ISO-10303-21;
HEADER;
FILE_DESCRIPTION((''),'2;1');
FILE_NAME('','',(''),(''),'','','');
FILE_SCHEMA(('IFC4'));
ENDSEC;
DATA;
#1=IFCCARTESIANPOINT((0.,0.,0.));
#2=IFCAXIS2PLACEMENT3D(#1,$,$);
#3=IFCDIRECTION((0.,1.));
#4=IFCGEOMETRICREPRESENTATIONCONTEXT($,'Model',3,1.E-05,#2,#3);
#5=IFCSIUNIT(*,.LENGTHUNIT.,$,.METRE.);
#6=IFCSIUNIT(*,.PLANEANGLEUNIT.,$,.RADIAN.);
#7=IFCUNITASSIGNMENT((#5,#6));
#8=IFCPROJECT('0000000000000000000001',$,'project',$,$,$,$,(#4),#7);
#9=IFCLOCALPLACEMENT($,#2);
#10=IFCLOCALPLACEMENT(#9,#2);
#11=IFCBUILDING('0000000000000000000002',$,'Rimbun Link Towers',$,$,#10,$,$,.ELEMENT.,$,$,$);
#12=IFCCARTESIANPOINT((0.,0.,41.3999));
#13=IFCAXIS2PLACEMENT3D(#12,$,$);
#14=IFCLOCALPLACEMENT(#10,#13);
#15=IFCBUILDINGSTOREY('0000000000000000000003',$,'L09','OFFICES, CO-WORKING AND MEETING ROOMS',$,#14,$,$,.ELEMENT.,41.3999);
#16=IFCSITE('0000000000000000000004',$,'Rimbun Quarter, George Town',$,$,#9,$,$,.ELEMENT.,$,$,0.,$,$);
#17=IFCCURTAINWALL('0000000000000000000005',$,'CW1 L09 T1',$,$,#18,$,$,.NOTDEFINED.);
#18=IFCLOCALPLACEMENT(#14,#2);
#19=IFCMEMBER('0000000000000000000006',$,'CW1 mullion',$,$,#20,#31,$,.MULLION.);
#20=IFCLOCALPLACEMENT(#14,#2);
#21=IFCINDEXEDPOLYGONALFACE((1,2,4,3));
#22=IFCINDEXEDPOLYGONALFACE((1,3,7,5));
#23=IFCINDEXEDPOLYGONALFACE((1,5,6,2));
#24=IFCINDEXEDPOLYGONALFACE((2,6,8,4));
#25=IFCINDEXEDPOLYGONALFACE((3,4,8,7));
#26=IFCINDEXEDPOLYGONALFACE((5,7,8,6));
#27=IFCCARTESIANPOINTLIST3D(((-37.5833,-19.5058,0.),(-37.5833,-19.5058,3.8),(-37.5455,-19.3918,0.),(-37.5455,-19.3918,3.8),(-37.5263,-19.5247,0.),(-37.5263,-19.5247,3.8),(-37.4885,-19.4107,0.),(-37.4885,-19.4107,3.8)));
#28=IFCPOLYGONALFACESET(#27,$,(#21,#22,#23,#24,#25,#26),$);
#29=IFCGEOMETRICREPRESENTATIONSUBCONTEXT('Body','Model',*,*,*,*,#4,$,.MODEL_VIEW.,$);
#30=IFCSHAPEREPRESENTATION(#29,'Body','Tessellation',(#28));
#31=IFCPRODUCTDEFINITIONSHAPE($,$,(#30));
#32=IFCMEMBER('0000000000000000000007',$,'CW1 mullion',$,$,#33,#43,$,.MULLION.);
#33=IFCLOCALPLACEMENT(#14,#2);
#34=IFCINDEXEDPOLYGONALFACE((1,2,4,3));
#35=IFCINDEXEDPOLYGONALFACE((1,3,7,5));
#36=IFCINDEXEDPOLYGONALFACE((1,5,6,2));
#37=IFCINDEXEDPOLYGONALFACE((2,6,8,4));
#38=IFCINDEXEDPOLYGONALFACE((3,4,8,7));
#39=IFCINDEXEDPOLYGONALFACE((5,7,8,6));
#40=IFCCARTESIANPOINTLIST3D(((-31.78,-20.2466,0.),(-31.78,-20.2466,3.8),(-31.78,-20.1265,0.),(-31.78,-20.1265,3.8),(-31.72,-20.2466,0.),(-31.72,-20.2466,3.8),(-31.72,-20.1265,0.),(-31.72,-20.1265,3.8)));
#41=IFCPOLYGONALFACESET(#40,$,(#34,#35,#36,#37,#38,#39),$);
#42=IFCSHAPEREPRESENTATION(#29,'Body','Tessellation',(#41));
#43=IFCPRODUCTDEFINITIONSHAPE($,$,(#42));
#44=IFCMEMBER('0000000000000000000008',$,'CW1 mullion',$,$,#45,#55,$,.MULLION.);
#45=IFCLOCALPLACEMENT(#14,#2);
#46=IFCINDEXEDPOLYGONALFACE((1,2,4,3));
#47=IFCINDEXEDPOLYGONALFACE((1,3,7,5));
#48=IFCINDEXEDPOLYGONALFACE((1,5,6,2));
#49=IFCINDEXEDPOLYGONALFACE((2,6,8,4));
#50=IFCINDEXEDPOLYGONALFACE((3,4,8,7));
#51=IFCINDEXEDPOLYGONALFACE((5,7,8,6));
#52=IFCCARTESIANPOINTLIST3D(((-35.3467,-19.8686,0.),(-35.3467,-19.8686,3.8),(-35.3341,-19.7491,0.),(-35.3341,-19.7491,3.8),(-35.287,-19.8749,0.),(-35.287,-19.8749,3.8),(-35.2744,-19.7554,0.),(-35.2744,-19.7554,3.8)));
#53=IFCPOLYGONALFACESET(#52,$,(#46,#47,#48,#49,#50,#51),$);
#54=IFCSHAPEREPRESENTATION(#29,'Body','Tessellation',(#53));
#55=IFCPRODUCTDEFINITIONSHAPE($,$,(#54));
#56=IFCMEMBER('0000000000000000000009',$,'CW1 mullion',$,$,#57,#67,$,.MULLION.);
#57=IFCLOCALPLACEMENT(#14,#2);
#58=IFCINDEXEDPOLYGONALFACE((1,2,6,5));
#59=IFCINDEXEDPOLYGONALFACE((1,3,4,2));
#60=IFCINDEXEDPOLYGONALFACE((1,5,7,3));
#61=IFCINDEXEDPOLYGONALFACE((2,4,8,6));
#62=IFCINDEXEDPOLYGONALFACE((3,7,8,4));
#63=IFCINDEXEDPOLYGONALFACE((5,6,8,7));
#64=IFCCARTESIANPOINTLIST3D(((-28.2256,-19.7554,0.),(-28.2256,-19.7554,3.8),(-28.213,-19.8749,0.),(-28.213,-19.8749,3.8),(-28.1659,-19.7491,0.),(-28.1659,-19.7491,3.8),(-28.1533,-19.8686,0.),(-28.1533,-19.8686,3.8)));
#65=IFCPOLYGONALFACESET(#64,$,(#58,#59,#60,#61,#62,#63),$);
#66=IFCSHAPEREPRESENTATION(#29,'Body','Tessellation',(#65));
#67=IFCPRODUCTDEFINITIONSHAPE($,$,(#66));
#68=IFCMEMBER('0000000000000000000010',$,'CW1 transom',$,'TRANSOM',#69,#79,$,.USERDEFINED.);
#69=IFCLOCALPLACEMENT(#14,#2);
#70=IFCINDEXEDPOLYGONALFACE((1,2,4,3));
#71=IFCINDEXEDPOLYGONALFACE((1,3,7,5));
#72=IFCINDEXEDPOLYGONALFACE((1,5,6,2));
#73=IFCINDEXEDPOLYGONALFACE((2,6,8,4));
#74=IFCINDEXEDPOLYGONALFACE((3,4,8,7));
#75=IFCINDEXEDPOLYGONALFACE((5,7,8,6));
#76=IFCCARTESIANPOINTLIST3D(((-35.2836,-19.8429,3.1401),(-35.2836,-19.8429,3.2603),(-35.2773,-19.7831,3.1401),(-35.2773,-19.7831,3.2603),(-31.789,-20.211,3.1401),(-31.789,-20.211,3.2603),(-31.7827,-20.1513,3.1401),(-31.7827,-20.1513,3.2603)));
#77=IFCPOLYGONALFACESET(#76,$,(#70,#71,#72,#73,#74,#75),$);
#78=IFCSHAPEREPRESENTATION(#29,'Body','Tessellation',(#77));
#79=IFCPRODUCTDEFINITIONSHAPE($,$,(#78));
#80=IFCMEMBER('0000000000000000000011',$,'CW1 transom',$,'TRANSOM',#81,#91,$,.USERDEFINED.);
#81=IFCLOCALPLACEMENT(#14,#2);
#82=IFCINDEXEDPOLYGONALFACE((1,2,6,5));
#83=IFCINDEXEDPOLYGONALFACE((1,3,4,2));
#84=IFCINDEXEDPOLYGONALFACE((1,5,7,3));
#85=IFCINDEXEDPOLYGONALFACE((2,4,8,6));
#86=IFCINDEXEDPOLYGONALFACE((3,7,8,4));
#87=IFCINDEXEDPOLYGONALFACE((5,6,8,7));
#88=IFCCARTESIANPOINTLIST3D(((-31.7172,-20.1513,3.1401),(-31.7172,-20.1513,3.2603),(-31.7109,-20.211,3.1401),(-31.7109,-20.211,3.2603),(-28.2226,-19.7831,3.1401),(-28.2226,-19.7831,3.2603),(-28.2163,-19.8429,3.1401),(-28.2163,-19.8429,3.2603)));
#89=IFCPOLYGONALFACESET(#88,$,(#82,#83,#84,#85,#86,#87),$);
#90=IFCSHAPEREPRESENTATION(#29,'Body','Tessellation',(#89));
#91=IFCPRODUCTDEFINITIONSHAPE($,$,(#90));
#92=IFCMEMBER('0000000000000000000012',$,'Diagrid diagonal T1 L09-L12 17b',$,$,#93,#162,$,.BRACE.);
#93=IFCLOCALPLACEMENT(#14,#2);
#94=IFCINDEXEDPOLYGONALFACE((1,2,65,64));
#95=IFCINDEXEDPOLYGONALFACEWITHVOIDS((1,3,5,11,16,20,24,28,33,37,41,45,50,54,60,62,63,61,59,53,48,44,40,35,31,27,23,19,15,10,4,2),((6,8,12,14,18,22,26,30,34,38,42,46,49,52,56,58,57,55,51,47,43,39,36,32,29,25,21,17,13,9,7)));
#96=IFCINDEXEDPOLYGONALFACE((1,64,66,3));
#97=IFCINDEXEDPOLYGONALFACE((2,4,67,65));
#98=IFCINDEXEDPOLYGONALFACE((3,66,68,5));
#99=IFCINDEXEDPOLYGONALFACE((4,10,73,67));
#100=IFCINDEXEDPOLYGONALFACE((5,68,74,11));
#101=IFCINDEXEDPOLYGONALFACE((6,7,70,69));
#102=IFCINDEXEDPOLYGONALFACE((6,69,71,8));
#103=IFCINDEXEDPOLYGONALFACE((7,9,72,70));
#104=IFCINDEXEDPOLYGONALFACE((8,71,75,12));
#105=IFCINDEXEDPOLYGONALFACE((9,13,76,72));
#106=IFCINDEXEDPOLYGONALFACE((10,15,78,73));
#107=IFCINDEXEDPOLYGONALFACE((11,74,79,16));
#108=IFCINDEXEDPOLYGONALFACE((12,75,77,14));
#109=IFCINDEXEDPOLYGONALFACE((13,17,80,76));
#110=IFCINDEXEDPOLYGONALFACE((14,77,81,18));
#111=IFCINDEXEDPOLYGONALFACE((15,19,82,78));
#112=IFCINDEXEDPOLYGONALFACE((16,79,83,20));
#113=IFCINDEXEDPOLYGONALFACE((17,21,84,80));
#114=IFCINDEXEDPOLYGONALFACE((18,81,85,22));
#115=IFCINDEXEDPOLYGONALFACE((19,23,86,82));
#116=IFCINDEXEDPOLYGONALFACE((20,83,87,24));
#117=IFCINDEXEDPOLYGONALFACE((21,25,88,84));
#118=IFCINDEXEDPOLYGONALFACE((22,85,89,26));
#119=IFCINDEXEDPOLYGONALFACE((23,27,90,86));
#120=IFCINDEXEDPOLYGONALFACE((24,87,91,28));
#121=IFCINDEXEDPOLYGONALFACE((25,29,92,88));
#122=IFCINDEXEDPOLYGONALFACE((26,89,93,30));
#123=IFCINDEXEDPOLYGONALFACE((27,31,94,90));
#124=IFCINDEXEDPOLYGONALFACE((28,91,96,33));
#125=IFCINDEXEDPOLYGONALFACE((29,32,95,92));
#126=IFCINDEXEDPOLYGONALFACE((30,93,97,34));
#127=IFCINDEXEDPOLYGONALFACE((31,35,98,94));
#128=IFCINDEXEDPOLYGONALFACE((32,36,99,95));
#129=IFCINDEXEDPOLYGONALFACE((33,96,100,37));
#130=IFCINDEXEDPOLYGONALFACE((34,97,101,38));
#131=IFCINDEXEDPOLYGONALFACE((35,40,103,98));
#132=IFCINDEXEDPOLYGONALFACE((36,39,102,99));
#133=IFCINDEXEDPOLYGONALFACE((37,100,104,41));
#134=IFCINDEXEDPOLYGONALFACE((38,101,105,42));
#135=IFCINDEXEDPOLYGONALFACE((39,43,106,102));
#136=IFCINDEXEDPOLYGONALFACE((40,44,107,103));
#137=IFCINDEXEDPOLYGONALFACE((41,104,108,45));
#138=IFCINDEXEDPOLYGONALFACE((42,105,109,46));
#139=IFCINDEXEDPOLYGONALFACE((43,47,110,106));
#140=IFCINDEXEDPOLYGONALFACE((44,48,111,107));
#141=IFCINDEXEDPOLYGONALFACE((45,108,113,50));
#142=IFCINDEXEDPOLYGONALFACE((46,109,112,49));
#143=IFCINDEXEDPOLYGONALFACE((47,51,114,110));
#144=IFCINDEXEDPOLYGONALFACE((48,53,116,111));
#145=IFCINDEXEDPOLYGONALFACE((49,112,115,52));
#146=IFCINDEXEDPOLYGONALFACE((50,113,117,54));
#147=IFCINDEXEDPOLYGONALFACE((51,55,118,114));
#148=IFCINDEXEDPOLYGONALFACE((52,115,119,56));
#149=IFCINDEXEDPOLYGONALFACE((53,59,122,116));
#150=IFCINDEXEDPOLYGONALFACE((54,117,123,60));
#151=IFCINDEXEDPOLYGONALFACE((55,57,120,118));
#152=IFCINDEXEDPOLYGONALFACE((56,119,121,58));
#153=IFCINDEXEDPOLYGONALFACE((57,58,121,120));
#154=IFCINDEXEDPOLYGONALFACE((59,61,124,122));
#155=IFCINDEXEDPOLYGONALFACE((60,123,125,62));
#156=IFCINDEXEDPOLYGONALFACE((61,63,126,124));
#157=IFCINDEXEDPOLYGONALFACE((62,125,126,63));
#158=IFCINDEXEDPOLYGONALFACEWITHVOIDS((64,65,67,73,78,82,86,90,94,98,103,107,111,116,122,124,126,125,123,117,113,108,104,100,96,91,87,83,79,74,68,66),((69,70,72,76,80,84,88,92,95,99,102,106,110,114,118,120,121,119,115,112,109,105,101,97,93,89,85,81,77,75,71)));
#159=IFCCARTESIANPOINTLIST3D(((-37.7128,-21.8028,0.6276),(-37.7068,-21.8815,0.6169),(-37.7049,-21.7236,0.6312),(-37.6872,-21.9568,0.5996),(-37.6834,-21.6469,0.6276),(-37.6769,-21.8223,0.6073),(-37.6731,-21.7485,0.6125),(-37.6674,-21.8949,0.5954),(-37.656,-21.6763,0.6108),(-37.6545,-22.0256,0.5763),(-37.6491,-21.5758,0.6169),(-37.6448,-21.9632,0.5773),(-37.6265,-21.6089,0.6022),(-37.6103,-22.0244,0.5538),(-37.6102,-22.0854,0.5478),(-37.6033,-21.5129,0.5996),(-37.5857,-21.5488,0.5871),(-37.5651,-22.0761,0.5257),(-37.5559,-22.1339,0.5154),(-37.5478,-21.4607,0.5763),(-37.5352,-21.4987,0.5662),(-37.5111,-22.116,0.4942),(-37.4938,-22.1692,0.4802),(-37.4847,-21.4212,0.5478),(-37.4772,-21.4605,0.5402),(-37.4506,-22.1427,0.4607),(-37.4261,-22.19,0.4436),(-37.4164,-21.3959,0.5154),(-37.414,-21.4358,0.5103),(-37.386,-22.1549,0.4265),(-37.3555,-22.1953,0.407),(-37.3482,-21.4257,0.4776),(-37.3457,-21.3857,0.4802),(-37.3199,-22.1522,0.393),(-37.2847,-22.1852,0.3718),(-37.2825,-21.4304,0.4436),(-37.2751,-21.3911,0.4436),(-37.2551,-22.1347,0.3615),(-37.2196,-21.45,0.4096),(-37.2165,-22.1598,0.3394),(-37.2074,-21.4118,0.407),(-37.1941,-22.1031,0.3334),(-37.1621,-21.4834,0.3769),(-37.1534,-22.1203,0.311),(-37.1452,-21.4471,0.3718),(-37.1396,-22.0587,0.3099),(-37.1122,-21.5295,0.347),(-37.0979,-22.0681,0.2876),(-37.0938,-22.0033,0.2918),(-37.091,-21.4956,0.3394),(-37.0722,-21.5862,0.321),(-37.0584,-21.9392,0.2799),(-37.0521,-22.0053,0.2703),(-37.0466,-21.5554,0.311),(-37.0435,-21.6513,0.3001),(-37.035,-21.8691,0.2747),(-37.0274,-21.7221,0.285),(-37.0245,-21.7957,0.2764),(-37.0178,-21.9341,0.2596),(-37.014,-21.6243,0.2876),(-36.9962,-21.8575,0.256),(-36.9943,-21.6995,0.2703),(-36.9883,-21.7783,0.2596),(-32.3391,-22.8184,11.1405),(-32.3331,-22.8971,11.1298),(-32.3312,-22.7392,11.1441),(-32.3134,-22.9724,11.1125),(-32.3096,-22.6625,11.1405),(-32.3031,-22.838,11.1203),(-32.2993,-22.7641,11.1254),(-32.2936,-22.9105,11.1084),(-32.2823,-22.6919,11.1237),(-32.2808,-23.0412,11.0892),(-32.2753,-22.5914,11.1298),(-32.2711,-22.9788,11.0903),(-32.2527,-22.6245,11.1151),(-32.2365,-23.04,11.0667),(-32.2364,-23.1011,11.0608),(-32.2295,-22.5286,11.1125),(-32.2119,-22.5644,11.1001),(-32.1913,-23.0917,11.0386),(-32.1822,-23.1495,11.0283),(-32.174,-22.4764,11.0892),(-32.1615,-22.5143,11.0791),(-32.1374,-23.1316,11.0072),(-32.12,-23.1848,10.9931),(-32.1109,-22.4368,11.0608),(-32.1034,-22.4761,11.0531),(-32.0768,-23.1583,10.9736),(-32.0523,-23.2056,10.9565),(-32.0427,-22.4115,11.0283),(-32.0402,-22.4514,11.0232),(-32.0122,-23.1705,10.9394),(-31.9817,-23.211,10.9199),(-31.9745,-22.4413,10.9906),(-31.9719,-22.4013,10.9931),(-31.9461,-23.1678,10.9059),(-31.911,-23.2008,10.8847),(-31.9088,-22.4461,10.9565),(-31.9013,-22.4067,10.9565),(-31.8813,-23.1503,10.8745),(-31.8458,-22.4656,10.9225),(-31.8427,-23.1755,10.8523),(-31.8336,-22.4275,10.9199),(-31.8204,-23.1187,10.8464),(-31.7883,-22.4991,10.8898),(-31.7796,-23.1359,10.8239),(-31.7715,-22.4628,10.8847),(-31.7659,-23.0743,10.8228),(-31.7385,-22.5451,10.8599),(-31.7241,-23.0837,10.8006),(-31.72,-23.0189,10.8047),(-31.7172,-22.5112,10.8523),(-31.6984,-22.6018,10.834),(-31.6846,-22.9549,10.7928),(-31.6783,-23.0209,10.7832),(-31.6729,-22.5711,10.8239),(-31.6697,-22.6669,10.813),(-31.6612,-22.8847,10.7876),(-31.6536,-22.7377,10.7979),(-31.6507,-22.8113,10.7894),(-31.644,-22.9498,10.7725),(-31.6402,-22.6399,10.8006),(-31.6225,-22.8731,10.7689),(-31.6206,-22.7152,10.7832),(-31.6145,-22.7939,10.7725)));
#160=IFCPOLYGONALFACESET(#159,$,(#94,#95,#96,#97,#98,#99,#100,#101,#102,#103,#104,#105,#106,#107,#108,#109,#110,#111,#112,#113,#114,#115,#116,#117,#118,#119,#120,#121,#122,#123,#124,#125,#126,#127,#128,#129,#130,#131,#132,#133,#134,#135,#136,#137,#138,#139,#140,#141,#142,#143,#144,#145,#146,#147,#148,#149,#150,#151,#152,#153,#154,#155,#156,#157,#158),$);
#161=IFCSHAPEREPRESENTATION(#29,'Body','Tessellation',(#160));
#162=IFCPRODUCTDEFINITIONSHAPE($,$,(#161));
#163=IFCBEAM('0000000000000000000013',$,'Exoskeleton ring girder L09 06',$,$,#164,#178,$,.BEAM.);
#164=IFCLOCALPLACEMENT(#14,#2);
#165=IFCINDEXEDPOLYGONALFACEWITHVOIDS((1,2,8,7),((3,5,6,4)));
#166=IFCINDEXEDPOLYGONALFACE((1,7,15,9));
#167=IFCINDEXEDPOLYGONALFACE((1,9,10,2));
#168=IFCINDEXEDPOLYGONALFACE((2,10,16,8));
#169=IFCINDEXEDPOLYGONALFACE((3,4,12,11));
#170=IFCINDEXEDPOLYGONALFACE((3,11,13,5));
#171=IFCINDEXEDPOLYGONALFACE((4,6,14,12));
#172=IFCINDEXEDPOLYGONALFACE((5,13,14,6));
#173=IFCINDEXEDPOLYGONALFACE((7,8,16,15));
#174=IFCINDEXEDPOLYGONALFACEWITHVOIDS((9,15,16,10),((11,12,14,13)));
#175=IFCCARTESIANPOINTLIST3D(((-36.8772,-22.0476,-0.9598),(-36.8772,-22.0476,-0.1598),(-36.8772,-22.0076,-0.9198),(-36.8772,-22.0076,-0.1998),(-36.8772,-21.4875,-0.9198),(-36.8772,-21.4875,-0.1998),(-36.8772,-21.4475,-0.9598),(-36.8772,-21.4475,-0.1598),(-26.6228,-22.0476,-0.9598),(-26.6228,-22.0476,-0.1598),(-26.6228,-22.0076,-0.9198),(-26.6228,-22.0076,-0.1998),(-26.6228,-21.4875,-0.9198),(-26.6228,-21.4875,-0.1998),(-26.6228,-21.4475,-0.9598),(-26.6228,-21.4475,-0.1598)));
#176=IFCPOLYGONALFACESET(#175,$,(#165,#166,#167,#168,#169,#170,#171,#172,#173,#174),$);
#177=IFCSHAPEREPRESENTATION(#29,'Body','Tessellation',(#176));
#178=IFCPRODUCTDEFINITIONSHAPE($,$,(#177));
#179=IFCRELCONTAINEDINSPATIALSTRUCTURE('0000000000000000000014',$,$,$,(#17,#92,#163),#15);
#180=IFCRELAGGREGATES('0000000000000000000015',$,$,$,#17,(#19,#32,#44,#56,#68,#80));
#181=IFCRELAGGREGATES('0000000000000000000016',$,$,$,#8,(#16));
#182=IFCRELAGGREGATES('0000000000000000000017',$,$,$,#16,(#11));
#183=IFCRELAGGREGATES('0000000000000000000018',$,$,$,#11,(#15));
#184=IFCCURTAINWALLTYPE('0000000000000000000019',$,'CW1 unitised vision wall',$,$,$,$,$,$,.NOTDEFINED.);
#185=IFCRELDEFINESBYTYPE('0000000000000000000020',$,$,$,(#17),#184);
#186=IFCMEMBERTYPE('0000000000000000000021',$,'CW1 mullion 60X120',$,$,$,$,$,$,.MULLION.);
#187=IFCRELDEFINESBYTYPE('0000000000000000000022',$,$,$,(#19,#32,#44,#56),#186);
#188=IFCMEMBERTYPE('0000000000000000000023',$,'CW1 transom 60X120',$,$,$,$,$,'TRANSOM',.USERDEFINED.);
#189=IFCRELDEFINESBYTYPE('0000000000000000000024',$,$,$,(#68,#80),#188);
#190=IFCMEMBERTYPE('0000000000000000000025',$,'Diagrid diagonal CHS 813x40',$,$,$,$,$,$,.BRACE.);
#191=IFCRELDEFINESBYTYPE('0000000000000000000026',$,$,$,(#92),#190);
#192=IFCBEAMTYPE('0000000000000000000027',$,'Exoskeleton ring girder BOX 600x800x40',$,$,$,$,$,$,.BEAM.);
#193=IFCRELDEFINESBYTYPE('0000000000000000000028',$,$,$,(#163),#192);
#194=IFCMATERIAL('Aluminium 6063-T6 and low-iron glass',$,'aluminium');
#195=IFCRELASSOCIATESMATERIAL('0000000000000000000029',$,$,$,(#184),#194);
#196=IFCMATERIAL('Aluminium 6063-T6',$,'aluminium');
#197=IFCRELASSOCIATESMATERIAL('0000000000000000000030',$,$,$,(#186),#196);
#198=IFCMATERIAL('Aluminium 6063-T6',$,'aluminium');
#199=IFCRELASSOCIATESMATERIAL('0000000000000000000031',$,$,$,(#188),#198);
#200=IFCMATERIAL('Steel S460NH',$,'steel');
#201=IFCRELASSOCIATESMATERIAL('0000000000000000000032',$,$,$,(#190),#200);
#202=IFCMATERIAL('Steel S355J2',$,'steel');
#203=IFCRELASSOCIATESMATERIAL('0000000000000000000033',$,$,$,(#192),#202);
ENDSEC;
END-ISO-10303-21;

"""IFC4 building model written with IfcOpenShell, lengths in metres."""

from ifc_helpers import new_model, si_unit, direction, frame, origin, origin_2d, place, context, subcontext, project, spatial, rectangle, hollow_rectangle, hollow_circle, extrude, material, material_profile, profile_set, type_object, element, aggregate, save


model = new_model("IFC4")

# Units and contexts
model_context = context("Model", 3, precision=1e-05, world=origin(), true_north=direction((0.0, 1.0)))
body_context = subcontext(model_context, "Body", "Model", "MODEL_VIEW")
ifc_project = project(units=[si_unit("LENGTHUNIT", "METRE"), si_unit("PLANEANGLEUNIT", "RADIAN")], contexts=[model_context])

# Site, building, storey
site_placement = place(None, origin())
site = spatial("IfcSite", under=ifc_project, at=site_placement, Name="Rimbun Quarter, George Town", CompositionType="ELEMENT", RefElevation=0.0)
building_placement = place(site_placement, origin())
building = spatial("IfcBuilding", under=site, at=building_placement, Name="Rimbun Link Towers", CompositionType="ELEMENT")
storey_placement = place(building_placement, frame((0.0, 0.0, 41.3999)))
storey = spatial("IfcBuildingStorey", under=building, at=storey_placement, Name="L09", Description="OFFICES, CO-WORKING AND MEETING ROOMS", CompositionType="ELEMENT", Elevation=41.3999)

# Curtain wall, members
ifc_material_1 = material(Name="Aluminium 6063-T6 and low-iron glass", Category="aluminium")
curtain_wall_type = type_object("IfcCurtainWallType", Name="CW1 unitised vision wall", PredefinedType="NOTDEFINED", material=ifc_material_1)
curtain_wall_placement = place(storey_placement, origin())
curtain_wall = element("IfcCurtainWall", 1, at=curtain_wall_placement, inside=storey, type_object=curtain_wall_type, Name="CW1 L09 T1", PredefinedType="NOTDEFINED")
ifc_material_2 = material(Name="Aluminium 6063-T6", Category="aluminium")
ifc_material_profile_1 = material_profile(ifc_material_2, rectangle(XDim=0.1201, YDim=0.0601, at=origin_2d()), Name="MULLION 60X120")
ifc_profile_set_1 = profile_set([ifc_material_profile_1], Name="Aluminium 6063-T6")
member_type_1 = type_object("IfcMemberType", Name="CW1 mullion 60X120", PredefinedType="MULLION", material=ifc_profile_set_1)
member_1_placement = place(storey_placement, frame((-37.5359, -19.4583, 0.0), z_axis=(0.0, 0.0, 1.0), x_axis=(-0.314558, -0.949238, 0.0)))
member_1 = element("IfcMember", 2, at=member_1_placement, type_object=member_type_1, Name="CW1 mullion", PredefinedType="MULLION", context=body_context, shape_type="SweptSolid", body=[
    extrude(rectangle(XDim=0.1201, YDim=0.0601, at=origin_2d()), origin(), (0.0, 0.0, 1.0), 3.8),
])
member_2_placement = place(storey_placement, frame((-31.75, -20.1865, 0.0), z_axis=(0.0, 0.0, 1.0), x_axis=(0.0, -1.0, 0.0)))
member_2 = element("IfcMember", 3, at=member_2_placement, type_object=member_type_1, Name="CW1 mullion", PredefinedType="MULLION", context=body_context, shape_type="SweptSolid", body=[
    extrude(rectangle(XDim=0.1201, YDim=0.0601, at=origin_2d()), origin(), (0.0, 0.0, 1.0), 3.8),
])
member_3_placement = place(storey_placement, frame((-35.3105, -19.812, 0.0), z_axis=(0.0, 0.0, 1.0), x_axis=(-0.104742, -0.994499, 0.0)))
member_3 = element("IfcMember", 4, at=member_3_placement, type_object=member_type_1, Name="CW1 mullion", PredefinedType="MULLION", context=body_context, shape_type="SweptSolid", body=[
    extrude(rectangle(XDim=0.1201, YDim=0.0601, at=origin_2d()), origin(), (0.0, 0.0, 1.0), 3.8),
])
member_4_placement = place(storey_placement, frame((-28.1895, -19.812, 0.0), z_axis=(0.0, 0.0, 1.0), x_axis=(0.104742, -0.994499, 0.0)))
member_4 = element("IfcMember", 5, at=member_4_placement, type_object=member_type_1, Name="CW1 mullion", PredefinedType="MULLION", context=body_context, shape_type="SweptSolid", body=[
    extrude(rectangle(XDim=0.1201, YDim=0.0601, at=origin_2d()), origin(), (0.0, 0.0, 1.0), 3.8),
])
ifc_material_3 = material(Name="Aluminium 6063-T6", Category="aluminium")
ifc_material_profile_2 = material_profile(ifc_material_3, rectangle(XDim=0.0601, YDim=0.1201, at=origin_2d()), Name="TRANSOM 60X120")
ifc_profile_set_2 = profile_set([ifc_material_profile_2], Name="Aluminium 6063-T6")
member_type_2 = type_object("IfcMemberType", Name="CW1 transom 60X120", ElementType="TRANSOM", PredefinedType="USERDEFINED", material=ifc_profile_set_2)
member_5_placement = place(storey_placement, frame((-31.7859, -20.1812, 3.2002), z_axis=(-0.994496, 0.104772, 0.0), x_axis=(-0.104772, -0.994496, 0.0)))
member_5 = element("IfcMember", 6, at=member_5_placement, type_object=member_type_2, Name="CW1 transom", ObjectType="TRANSOM", PredefinedType="USERDEFINED", context=body_context, shape_type="SweptSolid", body=[
    extrude(rectangle(XDim=0.0601, YDim=0.1201, at=origin_2d()), origin(), (0.0, 0.0, 1.0), 3.5139),
])
member_6_placement = place(storey_placement, frame((-28.2195, -19.813, 3.2002), z_axis=(-0.994496, -0.104772, 0.0), x_axis=(0.104772, -0.994496, 0.0)))
member_6 = element("IfcMember", 7, at=member_6_placement, type_object=member_type_2, Name="CW1 transom", ObjectType="TRANSOM", PredefinedType="USERDEFINED", context=body_context, shape_type="SweptSolid", body=[
    extrude(rectangle(XDim=0.0601, YDim=0.1201, at=origin_2d()), origin(), (0.0, 0.0, 1.0), 3.5139),
])

# Member
ifc_material_4 = material(Name="Steel S460NH", Category="steel")
ifc_material_profile_3 = material_profile(ifc_material_4, hollow_circle(Radius=0.4065, WallThickness=0.04, at=origin_2d()), Name="Diagrid diagonal CHS 813x40")
ifc_profile_set_3 = profile_set([ifc_material_profile_3], Name="Steel S460NH")
member_type_3 = type_object("IfcMemberType", Name="Diagrid diagonal CHS 813x40", PredefinedType="BRACE", material=ifc_profile_set_3)
member_7_placement = place(storey_placement, frame((-37.3506, -21.7905, 0.4436), z_axis=(0.45347, -0.085704, 0.887141), x_axis=(0.185709, 0.982605, 0.0)))
element("IfcMember", 8, at=member_7_placement, inside=storey, type_object=member_type_3, Name="Diagrid diagonal T1 L09-L12 17b", PredefinedType="BRACE", context=body_context, shape_type="SweptSolid", body=[
    extrude(hollow_circle(Radius=0.4065, WallThickness=0.04, at=origin_2d()), origin(), (0.0, 0.0, 1.0), 11.8503),
])

# Beam
ifc_material_5 = material(Name="Steel S355J2", Category="steel")
ifc_material_profile_4 = material_profile(ifc_material_5, hollow_rectangle(XDim=0.6001, YDim=0.8, WallThickness=0.04, at=origin_2d()), Name="Exoskeleton ring girder BOX 600x800x40")
ifc_profile_set_4 = profile_set([ifc_material_profile_4], Name="Steel S355J2")
beam_type_1 = type_object("IfcBeamType", Name="Exoskeleton ring girder BOX 600x800x40", PredefinedType="BEAM", material=ifc_profile_set_4)
beam_1_placement = place(storey_placement, frame((-36.8772, -21.7476, -0.5598), z_axis=(1.0, 0.0, 0.0), x_axis=(0.0, 1.0, 0.0)))
element("IfcBeam", 9, at=beam_1_placement, inside=storey, type_object=beam_type_1, Name="Exoskeleton ring girder L09 06", PredefinedType="BEAM", context=body_context, shape_type="SweptSolid", body=[
    extrude(hollow_rectangle(XDim=0.6001, YDim=0.8, WallThickness=0.04, at=origin_2d()), origin(), (0.0, 0.0, 1.0), 10.2544),
])

aggregate(curtain_wall, [member_1, member_2, member_3, member_4, member_5, member_6])

save(model, "model.ifc")
